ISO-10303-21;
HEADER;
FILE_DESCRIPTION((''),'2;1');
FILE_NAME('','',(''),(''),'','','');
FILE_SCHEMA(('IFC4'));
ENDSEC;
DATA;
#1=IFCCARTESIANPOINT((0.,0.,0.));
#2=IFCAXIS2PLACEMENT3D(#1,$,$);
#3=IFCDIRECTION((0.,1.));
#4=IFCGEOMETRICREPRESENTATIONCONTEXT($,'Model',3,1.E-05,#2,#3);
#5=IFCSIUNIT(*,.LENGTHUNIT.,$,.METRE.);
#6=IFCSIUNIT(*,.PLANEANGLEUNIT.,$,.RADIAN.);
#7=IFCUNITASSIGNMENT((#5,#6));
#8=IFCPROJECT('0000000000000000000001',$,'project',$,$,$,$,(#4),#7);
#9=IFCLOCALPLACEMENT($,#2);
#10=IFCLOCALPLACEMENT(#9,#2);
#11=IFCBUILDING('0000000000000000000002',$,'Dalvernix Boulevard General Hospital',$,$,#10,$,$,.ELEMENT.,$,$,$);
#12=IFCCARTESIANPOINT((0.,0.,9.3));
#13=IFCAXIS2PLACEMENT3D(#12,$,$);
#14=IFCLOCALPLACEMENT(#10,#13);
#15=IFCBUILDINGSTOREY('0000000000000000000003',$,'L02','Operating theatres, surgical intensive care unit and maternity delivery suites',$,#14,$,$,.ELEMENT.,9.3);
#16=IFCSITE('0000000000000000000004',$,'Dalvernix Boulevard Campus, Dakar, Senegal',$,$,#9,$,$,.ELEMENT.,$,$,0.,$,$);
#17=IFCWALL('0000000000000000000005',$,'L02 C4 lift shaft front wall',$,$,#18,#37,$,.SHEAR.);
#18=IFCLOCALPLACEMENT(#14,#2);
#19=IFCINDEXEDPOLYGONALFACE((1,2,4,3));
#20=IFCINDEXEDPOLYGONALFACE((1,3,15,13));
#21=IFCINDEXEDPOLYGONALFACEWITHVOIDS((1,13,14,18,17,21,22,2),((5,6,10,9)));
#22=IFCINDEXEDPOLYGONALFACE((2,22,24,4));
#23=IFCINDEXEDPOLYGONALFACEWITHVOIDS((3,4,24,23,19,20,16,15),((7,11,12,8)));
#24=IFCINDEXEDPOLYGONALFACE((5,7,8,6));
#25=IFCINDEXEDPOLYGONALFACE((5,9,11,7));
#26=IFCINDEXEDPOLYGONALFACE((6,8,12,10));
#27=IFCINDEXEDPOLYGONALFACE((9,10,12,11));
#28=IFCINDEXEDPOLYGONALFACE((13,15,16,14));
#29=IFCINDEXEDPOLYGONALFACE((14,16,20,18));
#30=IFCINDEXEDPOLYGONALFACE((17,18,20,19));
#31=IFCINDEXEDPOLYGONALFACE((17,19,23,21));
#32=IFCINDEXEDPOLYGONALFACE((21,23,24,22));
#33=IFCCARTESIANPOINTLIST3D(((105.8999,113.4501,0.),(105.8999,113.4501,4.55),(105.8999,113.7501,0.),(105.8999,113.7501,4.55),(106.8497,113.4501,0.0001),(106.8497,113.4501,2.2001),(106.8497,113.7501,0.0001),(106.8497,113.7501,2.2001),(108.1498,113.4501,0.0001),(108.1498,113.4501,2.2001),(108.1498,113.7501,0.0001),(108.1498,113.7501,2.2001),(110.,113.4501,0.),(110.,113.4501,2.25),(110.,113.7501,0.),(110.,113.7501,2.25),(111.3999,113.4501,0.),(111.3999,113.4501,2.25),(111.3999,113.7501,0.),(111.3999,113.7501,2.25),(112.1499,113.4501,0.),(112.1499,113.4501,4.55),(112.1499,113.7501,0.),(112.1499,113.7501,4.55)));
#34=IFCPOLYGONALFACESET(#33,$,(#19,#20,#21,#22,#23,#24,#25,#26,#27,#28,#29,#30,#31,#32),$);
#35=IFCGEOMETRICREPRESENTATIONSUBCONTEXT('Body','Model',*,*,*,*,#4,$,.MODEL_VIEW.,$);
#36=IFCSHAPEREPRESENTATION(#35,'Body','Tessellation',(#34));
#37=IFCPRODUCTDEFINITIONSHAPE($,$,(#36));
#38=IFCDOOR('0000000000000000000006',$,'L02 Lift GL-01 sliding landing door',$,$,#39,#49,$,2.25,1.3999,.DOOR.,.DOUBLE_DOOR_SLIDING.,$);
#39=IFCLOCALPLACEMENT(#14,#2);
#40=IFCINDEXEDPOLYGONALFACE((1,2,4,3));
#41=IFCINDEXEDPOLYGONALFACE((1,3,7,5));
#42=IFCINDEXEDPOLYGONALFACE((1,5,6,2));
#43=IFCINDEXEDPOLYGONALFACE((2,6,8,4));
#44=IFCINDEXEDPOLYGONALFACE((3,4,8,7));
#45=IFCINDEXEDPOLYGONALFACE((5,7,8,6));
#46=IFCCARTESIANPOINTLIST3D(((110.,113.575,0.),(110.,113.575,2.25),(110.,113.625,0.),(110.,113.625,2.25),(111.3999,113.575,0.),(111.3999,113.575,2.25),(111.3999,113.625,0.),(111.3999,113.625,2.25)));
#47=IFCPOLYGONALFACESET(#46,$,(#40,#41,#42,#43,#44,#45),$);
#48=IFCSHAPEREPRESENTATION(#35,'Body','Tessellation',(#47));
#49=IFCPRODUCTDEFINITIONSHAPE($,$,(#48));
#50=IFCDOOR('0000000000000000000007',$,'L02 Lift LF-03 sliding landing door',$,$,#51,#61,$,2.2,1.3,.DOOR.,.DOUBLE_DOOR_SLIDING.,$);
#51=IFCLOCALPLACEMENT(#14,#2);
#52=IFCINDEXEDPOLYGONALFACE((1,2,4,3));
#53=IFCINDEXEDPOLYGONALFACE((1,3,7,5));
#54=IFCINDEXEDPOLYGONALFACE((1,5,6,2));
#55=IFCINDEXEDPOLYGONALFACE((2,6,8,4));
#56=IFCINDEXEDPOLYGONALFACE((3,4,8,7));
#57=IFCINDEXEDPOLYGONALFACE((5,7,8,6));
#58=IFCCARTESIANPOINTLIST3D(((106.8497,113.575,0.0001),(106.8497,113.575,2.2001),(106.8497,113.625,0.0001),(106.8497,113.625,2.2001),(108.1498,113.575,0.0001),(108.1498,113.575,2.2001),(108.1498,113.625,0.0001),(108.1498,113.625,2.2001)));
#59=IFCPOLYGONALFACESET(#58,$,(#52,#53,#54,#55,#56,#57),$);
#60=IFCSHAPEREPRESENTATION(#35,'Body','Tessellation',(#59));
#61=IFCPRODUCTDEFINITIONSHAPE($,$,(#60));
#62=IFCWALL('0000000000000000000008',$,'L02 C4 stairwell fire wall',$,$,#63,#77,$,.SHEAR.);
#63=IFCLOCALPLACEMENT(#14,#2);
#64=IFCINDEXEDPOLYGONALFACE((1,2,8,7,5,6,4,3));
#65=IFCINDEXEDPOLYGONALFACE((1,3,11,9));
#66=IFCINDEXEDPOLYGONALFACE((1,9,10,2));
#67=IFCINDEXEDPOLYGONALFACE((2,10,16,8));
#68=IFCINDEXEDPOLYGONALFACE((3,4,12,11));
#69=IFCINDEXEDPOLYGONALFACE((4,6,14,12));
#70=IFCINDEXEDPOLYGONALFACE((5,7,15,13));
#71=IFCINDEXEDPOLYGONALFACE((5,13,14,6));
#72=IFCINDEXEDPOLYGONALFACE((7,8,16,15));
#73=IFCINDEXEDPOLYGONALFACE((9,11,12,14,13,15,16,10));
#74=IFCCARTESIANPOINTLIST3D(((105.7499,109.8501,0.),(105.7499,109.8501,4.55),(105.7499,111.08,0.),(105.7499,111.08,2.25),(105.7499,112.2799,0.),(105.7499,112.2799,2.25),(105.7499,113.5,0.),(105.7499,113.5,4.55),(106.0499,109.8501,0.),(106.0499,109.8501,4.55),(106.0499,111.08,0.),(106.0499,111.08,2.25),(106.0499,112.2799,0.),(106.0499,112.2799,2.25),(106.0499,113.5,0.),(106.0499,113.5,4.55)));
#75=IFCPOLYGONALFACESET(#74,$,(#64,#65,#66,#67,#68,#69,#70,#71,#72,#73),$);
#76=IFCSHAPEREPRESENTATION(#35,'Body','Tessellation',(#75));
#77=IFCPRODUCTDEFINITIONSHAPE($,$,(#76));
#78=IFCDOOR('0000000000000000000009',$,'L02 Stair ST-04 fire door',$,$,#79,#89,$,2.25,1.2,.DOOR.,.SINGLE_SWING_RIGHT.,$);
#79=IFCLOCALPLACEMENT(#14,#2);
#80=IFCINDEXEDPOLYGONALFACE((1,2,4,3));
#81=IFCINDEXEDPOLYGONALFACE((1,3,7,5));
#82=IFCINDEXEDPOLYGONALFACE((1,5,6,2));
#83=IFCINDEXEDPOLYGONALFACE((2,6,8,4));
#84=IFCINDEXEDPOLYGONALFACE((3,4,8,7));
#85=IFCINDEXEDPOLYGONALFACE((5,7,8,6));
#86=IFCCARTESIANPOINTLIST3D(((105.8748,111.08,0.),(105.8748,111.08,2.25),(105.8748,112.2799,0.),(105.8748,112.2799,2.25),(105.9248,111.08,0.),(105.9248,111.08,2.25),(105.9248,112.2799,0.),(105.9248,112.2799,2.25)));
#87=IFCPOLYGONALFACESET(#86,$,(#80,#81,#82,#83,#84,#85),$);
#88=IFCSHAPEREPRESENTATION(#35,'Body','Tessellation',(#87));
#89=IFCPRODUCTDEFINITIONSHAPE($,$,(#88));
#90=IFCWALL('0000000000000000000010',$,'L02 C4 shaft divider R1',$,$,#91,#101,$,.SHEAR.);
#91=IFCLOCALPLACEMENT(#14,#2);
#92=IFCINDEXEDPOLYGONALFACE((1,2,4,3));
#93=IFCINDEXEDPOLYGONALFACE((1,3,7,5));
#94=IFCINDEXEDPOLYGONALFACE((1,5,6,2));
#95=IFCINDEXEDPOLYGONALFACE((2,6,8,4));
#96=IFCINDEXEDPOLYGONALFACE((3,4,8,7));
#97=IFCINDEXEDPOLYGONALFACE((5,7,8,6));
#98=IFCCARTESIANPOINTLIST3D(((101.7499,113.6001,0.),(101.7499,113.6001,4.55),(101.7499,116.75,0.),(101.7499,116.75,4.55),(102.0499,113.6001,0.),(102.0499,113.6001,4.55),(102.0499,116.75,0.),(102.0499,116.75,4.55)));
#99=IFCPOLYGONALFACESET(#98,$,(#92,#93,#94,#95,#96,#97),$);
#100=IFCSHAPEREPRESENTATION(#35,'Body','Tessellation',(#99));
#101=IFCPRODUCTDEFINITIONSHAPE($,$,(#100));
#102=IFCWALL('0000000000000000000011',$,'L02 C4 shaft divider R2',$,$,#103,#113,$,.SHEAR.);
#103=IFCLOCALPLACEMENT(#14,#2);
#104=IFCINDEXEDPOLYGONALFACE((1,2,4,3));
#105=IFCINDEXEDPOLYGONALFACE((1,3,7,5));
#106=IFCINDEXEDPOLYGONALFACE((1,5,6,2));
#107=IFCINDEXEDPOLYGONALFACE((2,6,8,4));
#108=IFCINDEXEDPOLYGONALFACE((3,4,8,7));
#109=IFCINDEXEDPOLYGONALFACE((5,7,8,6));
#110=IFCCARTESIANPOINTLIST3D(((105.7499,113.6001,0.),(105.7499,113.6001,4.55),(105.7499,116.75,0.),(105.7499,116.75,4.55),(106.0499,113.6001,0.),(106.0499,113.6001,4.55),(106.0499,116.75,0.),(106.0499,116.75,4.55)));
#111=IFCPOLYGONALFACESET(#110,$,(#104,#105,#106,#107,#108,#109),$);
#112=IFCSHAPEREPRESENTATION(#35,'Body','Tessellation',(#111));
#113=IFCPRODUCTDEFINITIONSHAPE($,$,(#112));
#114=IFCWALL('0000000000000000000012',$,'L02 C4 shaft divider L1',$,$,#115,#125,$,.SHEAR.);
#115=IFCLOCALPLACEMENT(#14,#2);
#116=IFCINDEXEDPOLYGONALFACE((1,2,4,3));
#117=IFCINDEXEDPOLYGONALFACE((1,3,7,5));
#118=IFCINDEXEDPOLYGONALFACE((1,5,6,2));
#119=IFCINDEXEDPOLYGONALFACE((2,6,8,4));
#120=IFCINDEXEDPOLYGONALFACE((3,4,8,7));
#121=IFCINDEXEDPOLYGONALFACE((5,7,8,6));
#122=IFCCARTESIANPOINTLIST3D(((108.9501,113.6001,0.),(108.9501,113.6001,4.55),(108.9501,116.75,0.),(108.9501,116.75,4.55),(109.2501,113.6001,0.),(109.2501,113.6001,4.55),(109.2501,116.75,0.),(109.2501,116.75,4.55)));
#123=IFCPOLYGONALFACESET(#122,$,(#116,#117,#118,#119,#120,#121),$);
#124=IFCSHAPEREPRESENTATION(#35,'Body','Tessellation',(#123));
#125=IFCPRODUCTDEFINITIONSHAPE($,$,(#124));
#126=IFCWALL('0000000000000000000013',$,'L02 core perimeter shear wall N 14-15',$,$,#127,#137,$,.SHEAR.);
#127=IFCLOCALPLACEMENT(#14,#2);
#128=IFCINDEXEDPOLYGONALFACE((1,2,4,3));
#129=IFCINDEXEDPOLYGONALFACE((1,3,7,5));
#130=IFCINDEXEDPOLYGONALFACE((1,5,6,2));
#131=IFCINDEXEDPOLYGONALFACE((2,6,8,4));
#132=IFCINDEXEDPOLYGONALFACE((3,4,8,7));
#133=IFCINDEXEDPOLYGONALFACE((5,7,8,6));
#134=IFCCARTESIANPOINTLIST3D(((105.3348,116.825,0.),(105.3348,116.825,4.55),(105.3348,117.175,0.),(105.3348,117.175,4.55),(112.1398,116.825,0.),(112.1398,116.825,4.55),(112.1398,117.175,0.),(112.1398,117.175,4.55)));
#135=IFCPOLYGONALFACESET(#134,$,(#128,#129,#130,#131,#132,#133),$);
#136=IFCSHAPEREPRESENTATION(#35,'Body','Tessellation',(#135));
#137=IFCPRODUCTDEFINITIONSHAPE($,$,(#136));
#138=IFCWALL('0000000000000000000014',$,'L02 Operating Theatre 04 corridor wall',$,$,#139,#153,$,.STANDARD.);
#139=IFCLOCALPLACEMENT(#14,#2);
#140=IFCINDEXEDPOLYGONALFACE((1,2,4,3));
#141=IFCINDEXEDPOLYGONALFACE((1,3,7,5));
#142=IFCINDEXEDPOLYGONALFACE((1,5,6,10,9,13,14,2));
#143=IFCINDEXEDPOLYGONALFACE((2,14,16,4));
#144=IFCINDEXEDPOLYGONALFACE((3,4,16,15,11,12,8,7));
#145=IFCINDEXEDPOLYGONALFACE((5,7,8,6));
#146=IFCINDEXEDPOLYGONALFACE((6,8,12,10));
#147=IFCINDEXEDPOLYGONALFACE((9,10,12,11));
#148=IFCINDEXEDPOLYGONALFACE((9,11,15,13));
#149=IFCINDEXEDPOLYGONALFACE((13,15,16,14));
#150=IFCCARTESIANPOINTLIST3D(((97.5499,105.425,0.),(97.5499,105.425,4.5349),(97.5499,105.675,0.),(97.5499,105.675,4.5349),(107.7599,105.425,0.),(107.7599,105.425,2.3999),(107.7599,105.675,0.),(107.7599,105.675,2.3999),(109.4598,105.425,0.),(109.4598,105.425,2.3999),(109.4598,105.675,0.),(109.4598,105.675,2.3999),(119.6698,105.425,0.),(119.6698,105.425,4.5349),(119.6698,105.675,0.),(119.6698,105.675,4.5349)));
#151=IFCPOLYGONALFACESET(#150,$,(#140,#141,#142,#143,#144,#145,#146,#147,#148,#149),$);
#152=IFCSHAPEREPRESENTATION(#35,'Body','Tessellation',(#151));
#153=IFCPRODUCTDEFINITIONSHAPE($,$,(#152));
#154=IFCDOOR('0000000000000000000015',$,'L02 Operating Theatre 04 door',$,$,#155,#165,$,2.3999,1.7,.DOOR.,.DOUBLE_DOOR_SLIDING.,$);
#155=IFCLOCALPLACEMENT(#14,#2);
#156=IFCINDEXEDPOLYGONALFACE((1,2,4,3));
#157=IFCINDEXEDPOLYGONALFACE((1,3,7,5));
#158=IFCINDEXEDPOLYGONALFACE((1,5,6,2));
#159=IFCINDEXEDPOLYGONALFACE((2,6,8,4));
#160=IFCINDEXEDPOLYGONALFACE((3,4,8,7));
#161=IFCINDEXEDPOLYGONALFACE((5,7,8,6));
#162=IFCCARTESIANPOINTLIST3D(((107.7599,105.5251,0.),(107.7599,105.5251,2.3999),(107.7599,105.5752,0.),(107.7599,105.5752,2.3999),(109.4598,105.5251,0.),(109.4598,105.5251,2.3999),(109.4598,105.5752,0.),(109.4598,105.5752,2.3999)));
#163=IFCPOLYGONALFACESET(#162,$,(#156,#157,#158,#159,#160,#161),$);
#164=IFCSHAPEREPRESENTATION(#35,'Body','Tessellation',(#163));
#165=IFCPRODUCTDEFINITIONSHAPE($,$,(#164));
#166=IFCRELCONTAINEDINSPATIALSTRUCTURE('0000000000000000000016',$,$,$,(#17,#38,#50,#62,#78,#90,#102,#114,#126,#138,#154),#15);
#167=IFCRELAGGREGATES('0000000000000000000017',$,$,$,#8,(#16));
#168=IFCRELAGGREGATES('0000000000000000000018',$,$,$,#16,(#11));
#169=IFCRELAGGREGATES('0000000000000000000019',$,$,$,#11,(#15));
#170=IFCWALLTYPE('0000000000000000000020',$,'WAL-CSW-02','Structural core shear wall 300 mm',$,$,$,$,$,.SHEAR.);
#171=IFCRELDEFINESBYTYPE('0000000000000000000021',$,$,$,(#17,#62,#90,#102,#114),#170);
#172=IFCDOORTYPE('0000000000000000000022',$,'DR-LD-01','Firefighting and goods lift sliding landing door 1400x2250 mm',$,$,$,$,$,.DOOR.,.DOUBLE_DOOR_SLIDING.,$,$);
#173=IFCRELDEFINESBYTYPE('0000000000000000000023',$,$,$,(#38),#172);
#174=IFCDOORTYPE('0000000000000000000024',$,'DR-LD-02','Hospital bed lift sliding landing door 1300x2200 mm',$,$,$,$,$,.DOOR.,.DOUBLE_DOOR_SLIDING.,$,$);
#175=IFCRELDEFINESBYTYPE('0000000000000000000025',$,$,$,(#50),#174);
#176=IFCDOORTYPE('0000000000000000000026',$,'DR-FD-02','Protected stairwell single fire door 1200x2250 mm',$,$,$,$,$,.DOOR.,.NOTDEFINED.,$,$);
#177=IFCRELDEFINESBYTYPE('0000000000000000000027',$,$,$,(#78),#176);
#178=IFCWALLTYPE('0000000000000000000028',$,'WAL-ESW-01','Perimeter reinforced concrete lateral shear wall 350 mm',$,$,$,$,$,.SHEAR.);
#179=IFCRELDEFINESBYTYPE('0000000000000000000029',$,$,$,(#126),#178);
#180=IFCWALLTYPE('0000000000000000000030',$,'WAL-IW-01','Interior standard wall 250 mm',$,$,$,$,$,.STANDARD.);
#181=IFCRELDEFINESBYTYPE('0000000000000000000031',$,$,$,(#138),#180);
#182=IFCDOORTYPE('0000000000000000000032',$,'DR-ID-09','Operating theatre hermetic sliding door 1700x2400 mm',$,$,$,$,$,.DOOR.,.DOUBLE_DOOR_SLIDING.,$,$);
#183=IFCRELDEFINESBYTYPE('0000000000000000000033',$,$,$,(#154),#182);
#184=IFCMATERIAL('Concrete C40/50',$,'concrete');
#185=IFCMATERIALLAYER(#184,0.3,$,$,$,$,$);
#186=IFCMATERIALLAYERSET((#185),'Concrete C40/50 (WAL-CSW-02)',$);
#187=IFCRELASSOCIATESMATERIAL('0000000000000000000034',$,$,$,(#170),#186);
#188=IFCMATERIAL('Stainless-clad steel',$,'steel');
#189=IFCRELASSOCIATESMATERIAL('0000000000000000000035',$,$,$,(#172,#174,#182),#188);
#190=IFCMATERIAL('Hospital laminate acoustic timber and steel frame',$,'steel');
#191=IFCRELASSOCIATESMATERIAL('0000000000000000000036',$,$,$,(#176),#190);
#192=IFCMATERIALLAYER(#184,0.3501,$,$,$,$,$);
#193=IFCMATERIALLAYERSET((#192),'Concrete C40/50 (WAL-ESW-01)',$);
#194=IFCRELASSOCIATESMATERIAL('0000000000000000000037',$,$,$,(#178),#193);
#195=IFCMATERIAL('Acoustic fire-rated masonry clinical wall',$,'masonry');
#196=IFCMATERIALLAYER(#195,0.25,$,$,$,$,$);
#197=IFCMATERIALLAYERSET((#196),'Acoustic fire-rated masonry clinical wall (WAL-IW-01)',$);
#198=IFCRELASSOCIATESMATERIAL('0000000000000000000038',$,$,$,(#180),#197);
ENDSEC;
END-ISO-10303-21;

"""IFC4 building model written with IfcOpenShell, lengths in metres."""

from ifc_helpers import new_model, si_unit, direction, frame, frame_2d, origin, place, context, subcontext, project, spatial, rectangle, extrude, material, layer, layer_set, type_object, element, fill, save


model = new_model("IFC4")

# Units and contexts
model_context = context("Model", 3, precision=1e-05, world=origin(), true_north=direction((0.0, 1.0)))
body_context = subcontext(model_context, "Body", "Model", "MODEL_VIEW")
ifc_project = project(units=[si_unit("LENGTHUNIT", "METRE"), si_unit("PLANEANGLEUNIT", "RADIAN")], contexts=[model_context])

# Site, building, storey
site_placement = place(None, origin())
site = spatial("IfcSite", under=ifc_project, at=site_placement, Name="Dalvernix Boulevard Campus, Dakar, Senegal", CompositionType="ELEMENT", RefElevation=0.0)
building_placement = place(site_placement, origin())
building = spatial("IfcBuilding", under=site, at=building_placement, Name="Dalvernix Boulevard General Hospital", CompositionType="ELEMENT")
storey_placement = place(building_placement, frame((0.0, 0.0, 9.3)))
storey = spatial("IfcBuildingStorey", under=building, at=storey_placement, Name="L02", Description="Operating theatres, surgical intensive care unit and maternity delivery suites", CompositionType="ELEMENT", Elevation=9.3)

# Shared definitions
ifc_material_1 = material(Name="Concrete C40/50", Category="concrete")

# Shared definitions
ifc_material_2 = material(Name="Hospital laminate acoustic timber and steel frame", Category="steel")

# Wall, openings, doors
ifc_layer_1 = layer(ifc_material_1, 0.3)
ifc_layer_set_1 = layer_set([ifc_layer_1], Name="Concrete C40/50 (WAL-CSW-02)")
wall_type_1 = type_object("IfcWallType", Name="WAL-CSW-02", Description="Structural core shear wall 300 mm", PredefinedType="SHEAR", material=ifc_layer_set_1)
wall_1_placement = place(storey_placement, frame((105.8999, 113.6001, 0.0), z_axis=(0.0, 0.0, 1.0), x_axis=(1.0, 0.0, 0.0)))
wall_1 = element("IfcWall", 1, at=wall_1_placement, inside=storey, type_object=wall_type_1, Name="L02 C4 lift shaft front wall", PredefinedType="SHEAR", context=body_context, shape_type="SweptSolid", body=[
    extrude(rectangle(XDim=6.25, YDim=0.3, at=frame_2d((3.125, 0.0))), origin(), (0.0, 0.0, 1.0), 4.55),
])
opening_1_placement = place(wall_1_placement, frame((0.95, 0.0, 0.0)))
opening_1 = element("IfcOpeningElement", 2, at=opening_1_placement, cuts=wall_1, PredefinedType="OPENING", context=body_context, shape_type="SweptSolid", body=[
    extrude(rectangle(XDim=1.3, YDim=2.2, at=frame_2d((0.6499, 1.1001))), frame((0.0, 0.1599, 0.0), z_axis=(0.0, -1.0, 0.0), x_axis=(1.0, 0.0, 0.0)), (0.0, 0.0, 1.0), 0.3201),
])
opening_2_placement = place(wall_1_placement, frame((4.1001, 0.0, 0.0)))
opening_2 = element("IfcOpeningElement", 3, at=opening_2_placement, cuts=wall_1, PredefinedType="OPENING", context=body_context, shape_type="SweptSolid", body=[
    extrude(rectangle(XDim=1.3999, YDim=2.25, at=frame_2d((0.7, 1.125))), frame((0.0, 0.1599, 0.0), z_axis=(0.0, -1.0, 0.0), x_axis=(1.0, 0.0, 0.0)), (0.0, 0.0, 1.0), 0.3201),
])
ifc_material_3 = material(Name="Stainless-clad steel", Category="steel")
door_type_1 = type_object("IfcDoorType", Name="DR-LD-01", Description="Firefighting and goods lift sliding landing door 1400x2250 mm", OperationType="DOUBLE_DOOR_SLIDING", PredefinedType="DOOR", material=ifc_material_3)
door_1_placement = place(opening_2_placement, origin())
door_1 = element("IfcDoor", 4, at=door_1_placement, inside=storey, type_object=door_type_1, Name="L02 Lift GL-01 sliding landing door", OperationType="DOUBLE_DOOR_SLIDING", OverallHeight=2.25, OverallWidth=1.3999, PredefinedType="DOOR", context=body_context, shape_type="SweptSolid", body=[
    extrude(rectangle(XDim=1.3999, YDim=2.25, at=frame_2d((0.7, 1.125))), frame((0.0, 0.0249, 0.0), z_axis=(0.0, -1.0, 0.0), x_axis=(1.0, 0.0, 0.0)), (0.0, 0.0, 1.0), 0.05),
])
fill(opening_2, door_1)
door_type_2 = type_object("IfcDoorType", Name="DR-LD-02", Description="Hospital bed lift sliding landing door 1300x2200 mm", OperationType="DOUBLE_DOOR_SLIDING", PredefinedType="DOOR", material=ifc_material_3)
door_2_placement = place(opening_1_placement, origin())
door_2 = element("IfcDoor", 5, at=door_2_placement, inside=storey, type_object=door_type_2, Name="L02 Lift LF-03 sliding landing door", OperationType="DOUBLE_DOOR_SLIDING", OverallHeight=2.2, OverallWidth=1.3, PredefinedType="DOOR", context=body_context, shape_type="SweptSolid", body=[
    extrude(rectangle(XDim=1.3, YDim=2.2, at=frame_2d((0.6499, 1.1001))), frame((0.0, 0.0249, 0.0), z_axis=(0.0, -1.0, 0.0), x_axis=(1.0, 0.0, 0.0)), (0.0, 0.0, 1.0), 0.05),
])
fill(opening_1, door_2)

# Wall, opening, door
wall_2_placement = place(storey_placement, frame((105.8999, 113.5, 0.0), z_axis=(0.0, 0.0, 1.0), x_axis=(0.0, -1.0, 0.0)))
wall_2 = element("IfcWall", 6, at=wall_2_placement, inside=storey, type_object=wall_type_1, Name="L02 C4 stairwell fire wall", PredefinedType="SHEAR", context=body_context, shape_type="SweptSolid", body=[
    extrude(rectangle(XDim=3.6499, YDim=0.3, at=frame_2d((1.825, 0.0))), origin(), (0.0, 0.0, 1.0), 4.55),
])
opening_3_placement = place(wall_2_placement, frame((1.22, 0.0, 0.0)))
opening_3 = element("IfcOpeningElement", 7, at=opening_3_placement, cuts=wall_2, PredefinedType="OPENING", context=body_context, shape_type="SweptSolid", body=[
    extrude(rectangle(XDim=1.2, YDim=2.25, at=frame_2d((0.6001, 1.125))), frame((0.0, 0.1599, 0.0), z_axis=(0.0, -1.0, 0.0), x_axis=(1.0, 0.0, 0.0)), (0.0, 0.0, 1.0), 0.3201),
])
door_type_3 = type_object("IfcDoorType", Name="DR-FD-02", Description="Protected stairwell single fire door 1200x2250 mm", OperationType="NOTDEFINED", PredefinedType="DOOR", material=ifc_material_2)
door_3_placement = place(opening_3_placement, origin())
door_3 = element("IfcDoor", 8, at=door_3_placement, inside=storey, type_object=door_type_3, Name="L02 Stair ST-04 fire door", OperationType="SINGLE_SWING_RIGHT", OverallHeight=2.25, OverallWidth=1.2, PredefinedType="DOOR", context=body_context, shape_type="SweptSolid", body=[
    extrude(rectangle(XDim=1.2, YDim=2.25, at=frame_2d((0.6001, 1.125))), frame((0.0, 0.0249, 0.0), z_axis=(0.0, -1.0, 0.0), x_axis=(1.0, 0.0, 0.0)), (0.0, 0.0, 1.0), 0.05),
])
fill(opening_3, door_3)

# Walls
for number, where, z_axis, x_axis, name in (
    (9, (101.8999, 113.6001, 0.0), (0.0, 0.0, 1.0), (0.0, 1.0, 0.0), "L02 C4 shaft divider R1"),
    (10, (105.8999, 113.6001, 0.0), (0.0, 0.0, 1.0), (0.0, 1.0, 0.0), "L02 C4 shaft divider R2"),
    (11, (109.1001, 113.6001, 0.0), (0.0, 0.0, 1.0), (0.0, 1.0, 0.0), "L02 C4 shaft divider L1"),
):
    element("IfcWall", number, at=place(storey_placement, frame(where, z_axis=z_axis, x_axis=x_axis)), inside=storey, type_object=wall_type_1, Name=name, PredefinedType="SHEAR", context=body_context, shape_type="SweptSolid", body=[
        extrude(rectangle(XDim=3.1499, YDim=0.3, at=frame_2d((1.575, 0.0))), origin(), (0.0, 0.0, 1.0), 4.55),
    ])
ifc_layer_2 = layer(ifc_material_1, 0.3501)
ifc_layer_set_2 = layer_set([ifc_layer_2], Name="Concrete C40/50 (WAL-ESW-01)")
wall_type_2 = type_object("IfcWallType", Name="WAL-ESW-01", Description="Perimeter reinforced concrete lateral shear wall 350 mm", PredefinedType="SHEAR", material=ifc_layer_set_2)
wall_3_placement = place(storey_placement, frame((105.335, 117.0, 0.0), z_axis=(0.0, 0.0, 1.0), x_axis=(1.0, 0.0, 0.0)))
element("IfcWall", 12, at=wall_3_placement, inside=storey, type_object=wall_type_2, Name="L02 core perimeter shear wall N 14-15", PredefinedType="SHEAR", context=body_context, shape_type="SweptSolid", body=[
    extrude(rectangle(XDim=6.8049, YDim=0.3501, at=frame_2d((3.4023, 0.0))), origin(), (0.0, 0.0, 1.0), 4.55),
])

# Wall, opening, door
ifc_material_4 = material(Name="Acoustic fire-rated masonry clinical wall", Category="masonry")
ifc_layer_3 = layer(ifc_material_4, 0.25)
ifc_layer_set_3 = layer_set([ifc_layer_3], Name="Acoustic fire-rated masonry clinical wall (WAL-IW-01)")
wall_type_3 = type_object("IfcWallType", Name="WAL-IW-01", Description="Interior standard wall 250 mm", PredefinedType="STANDARD", material=ifc_layer_set_3)
wall_4_placement = place(storey_placement, frame((119.6699, 105.55, 0.0), z_axis=(0.0, 0.0, 1.0), x_axis=(-1.0, 0.0, 0.0)))
wall_4 = element("IfcWall", 13, at=wall_4_placement, inside=storey, type_object=wall_type_3, Name="L02 Operating Theatre 04 corridor wall", PredefinedType="STANDARD", context=body_context, shape_type="SweptSolid", body=[
    extrude(rectangle(XDim=22.1199, YDim=0.25, at=frame_2d((11.0601, 0.0))), origin(), (0.0, 0.0, 1.0), 4.5349),
])
opening_4_placement = place(wall_4_placement, frame((10.21, 0.0, 0.0)))
opening_4 = element("IfcOpeningElement", 14, at=opening_4_placement, cuts=wall_4, PredefinedType="OPENING", context=body_context, shape_type="SweptSolid", body=[
    extrude(rectangle(XDim=1.7, YDim=2.3999, at=frame_2d((0.8501, 1.2))), frame((0.0, 0.135, 0.0), z_axis=(0.0, -1.0, 0.0), x_axis=(1.0, 0.0, 0.0)), (0.0, 0.0, 1.0), 0.27),
])
door_type_4 = type_object("IfcDoorType", Name="DR-ID-09", Description="Operating theatre hermetic sliding door 1700x2400 mm", OperationType="DOUBLE_DOOR_SLIDING", PredefinedType="DOOR", material=ifc_material_3)
door_4_placement = place(opening_4_placement, origin())
door_4 = element("IfcDoor", 15, at=door_4_placement, inside=storey, type_object=door_type_4, Name="L02 Operating Theatre 04 door", OperationType="DOUBLE_DOOR_SLIDING", OverallHeight=2.3999, OverallWidth=1.7, PredefinedType="DOOR", context=body_context, shape_type="SweptSolid", body=[
    extrude(rectangle(XDim=1.7, YDim=2.3999, at=frame_2d((0.8501, 1.2))), frame((0.0, 0.0249, 0.0), z_axis=(0.0, -1.0, 0.0), x_axis=(1.0, 0.0, 0.0)), (0.0, 0.0, 1.0), 0.05),
])
fill(opening_4, door_4)

save(model, "model.ifc")
